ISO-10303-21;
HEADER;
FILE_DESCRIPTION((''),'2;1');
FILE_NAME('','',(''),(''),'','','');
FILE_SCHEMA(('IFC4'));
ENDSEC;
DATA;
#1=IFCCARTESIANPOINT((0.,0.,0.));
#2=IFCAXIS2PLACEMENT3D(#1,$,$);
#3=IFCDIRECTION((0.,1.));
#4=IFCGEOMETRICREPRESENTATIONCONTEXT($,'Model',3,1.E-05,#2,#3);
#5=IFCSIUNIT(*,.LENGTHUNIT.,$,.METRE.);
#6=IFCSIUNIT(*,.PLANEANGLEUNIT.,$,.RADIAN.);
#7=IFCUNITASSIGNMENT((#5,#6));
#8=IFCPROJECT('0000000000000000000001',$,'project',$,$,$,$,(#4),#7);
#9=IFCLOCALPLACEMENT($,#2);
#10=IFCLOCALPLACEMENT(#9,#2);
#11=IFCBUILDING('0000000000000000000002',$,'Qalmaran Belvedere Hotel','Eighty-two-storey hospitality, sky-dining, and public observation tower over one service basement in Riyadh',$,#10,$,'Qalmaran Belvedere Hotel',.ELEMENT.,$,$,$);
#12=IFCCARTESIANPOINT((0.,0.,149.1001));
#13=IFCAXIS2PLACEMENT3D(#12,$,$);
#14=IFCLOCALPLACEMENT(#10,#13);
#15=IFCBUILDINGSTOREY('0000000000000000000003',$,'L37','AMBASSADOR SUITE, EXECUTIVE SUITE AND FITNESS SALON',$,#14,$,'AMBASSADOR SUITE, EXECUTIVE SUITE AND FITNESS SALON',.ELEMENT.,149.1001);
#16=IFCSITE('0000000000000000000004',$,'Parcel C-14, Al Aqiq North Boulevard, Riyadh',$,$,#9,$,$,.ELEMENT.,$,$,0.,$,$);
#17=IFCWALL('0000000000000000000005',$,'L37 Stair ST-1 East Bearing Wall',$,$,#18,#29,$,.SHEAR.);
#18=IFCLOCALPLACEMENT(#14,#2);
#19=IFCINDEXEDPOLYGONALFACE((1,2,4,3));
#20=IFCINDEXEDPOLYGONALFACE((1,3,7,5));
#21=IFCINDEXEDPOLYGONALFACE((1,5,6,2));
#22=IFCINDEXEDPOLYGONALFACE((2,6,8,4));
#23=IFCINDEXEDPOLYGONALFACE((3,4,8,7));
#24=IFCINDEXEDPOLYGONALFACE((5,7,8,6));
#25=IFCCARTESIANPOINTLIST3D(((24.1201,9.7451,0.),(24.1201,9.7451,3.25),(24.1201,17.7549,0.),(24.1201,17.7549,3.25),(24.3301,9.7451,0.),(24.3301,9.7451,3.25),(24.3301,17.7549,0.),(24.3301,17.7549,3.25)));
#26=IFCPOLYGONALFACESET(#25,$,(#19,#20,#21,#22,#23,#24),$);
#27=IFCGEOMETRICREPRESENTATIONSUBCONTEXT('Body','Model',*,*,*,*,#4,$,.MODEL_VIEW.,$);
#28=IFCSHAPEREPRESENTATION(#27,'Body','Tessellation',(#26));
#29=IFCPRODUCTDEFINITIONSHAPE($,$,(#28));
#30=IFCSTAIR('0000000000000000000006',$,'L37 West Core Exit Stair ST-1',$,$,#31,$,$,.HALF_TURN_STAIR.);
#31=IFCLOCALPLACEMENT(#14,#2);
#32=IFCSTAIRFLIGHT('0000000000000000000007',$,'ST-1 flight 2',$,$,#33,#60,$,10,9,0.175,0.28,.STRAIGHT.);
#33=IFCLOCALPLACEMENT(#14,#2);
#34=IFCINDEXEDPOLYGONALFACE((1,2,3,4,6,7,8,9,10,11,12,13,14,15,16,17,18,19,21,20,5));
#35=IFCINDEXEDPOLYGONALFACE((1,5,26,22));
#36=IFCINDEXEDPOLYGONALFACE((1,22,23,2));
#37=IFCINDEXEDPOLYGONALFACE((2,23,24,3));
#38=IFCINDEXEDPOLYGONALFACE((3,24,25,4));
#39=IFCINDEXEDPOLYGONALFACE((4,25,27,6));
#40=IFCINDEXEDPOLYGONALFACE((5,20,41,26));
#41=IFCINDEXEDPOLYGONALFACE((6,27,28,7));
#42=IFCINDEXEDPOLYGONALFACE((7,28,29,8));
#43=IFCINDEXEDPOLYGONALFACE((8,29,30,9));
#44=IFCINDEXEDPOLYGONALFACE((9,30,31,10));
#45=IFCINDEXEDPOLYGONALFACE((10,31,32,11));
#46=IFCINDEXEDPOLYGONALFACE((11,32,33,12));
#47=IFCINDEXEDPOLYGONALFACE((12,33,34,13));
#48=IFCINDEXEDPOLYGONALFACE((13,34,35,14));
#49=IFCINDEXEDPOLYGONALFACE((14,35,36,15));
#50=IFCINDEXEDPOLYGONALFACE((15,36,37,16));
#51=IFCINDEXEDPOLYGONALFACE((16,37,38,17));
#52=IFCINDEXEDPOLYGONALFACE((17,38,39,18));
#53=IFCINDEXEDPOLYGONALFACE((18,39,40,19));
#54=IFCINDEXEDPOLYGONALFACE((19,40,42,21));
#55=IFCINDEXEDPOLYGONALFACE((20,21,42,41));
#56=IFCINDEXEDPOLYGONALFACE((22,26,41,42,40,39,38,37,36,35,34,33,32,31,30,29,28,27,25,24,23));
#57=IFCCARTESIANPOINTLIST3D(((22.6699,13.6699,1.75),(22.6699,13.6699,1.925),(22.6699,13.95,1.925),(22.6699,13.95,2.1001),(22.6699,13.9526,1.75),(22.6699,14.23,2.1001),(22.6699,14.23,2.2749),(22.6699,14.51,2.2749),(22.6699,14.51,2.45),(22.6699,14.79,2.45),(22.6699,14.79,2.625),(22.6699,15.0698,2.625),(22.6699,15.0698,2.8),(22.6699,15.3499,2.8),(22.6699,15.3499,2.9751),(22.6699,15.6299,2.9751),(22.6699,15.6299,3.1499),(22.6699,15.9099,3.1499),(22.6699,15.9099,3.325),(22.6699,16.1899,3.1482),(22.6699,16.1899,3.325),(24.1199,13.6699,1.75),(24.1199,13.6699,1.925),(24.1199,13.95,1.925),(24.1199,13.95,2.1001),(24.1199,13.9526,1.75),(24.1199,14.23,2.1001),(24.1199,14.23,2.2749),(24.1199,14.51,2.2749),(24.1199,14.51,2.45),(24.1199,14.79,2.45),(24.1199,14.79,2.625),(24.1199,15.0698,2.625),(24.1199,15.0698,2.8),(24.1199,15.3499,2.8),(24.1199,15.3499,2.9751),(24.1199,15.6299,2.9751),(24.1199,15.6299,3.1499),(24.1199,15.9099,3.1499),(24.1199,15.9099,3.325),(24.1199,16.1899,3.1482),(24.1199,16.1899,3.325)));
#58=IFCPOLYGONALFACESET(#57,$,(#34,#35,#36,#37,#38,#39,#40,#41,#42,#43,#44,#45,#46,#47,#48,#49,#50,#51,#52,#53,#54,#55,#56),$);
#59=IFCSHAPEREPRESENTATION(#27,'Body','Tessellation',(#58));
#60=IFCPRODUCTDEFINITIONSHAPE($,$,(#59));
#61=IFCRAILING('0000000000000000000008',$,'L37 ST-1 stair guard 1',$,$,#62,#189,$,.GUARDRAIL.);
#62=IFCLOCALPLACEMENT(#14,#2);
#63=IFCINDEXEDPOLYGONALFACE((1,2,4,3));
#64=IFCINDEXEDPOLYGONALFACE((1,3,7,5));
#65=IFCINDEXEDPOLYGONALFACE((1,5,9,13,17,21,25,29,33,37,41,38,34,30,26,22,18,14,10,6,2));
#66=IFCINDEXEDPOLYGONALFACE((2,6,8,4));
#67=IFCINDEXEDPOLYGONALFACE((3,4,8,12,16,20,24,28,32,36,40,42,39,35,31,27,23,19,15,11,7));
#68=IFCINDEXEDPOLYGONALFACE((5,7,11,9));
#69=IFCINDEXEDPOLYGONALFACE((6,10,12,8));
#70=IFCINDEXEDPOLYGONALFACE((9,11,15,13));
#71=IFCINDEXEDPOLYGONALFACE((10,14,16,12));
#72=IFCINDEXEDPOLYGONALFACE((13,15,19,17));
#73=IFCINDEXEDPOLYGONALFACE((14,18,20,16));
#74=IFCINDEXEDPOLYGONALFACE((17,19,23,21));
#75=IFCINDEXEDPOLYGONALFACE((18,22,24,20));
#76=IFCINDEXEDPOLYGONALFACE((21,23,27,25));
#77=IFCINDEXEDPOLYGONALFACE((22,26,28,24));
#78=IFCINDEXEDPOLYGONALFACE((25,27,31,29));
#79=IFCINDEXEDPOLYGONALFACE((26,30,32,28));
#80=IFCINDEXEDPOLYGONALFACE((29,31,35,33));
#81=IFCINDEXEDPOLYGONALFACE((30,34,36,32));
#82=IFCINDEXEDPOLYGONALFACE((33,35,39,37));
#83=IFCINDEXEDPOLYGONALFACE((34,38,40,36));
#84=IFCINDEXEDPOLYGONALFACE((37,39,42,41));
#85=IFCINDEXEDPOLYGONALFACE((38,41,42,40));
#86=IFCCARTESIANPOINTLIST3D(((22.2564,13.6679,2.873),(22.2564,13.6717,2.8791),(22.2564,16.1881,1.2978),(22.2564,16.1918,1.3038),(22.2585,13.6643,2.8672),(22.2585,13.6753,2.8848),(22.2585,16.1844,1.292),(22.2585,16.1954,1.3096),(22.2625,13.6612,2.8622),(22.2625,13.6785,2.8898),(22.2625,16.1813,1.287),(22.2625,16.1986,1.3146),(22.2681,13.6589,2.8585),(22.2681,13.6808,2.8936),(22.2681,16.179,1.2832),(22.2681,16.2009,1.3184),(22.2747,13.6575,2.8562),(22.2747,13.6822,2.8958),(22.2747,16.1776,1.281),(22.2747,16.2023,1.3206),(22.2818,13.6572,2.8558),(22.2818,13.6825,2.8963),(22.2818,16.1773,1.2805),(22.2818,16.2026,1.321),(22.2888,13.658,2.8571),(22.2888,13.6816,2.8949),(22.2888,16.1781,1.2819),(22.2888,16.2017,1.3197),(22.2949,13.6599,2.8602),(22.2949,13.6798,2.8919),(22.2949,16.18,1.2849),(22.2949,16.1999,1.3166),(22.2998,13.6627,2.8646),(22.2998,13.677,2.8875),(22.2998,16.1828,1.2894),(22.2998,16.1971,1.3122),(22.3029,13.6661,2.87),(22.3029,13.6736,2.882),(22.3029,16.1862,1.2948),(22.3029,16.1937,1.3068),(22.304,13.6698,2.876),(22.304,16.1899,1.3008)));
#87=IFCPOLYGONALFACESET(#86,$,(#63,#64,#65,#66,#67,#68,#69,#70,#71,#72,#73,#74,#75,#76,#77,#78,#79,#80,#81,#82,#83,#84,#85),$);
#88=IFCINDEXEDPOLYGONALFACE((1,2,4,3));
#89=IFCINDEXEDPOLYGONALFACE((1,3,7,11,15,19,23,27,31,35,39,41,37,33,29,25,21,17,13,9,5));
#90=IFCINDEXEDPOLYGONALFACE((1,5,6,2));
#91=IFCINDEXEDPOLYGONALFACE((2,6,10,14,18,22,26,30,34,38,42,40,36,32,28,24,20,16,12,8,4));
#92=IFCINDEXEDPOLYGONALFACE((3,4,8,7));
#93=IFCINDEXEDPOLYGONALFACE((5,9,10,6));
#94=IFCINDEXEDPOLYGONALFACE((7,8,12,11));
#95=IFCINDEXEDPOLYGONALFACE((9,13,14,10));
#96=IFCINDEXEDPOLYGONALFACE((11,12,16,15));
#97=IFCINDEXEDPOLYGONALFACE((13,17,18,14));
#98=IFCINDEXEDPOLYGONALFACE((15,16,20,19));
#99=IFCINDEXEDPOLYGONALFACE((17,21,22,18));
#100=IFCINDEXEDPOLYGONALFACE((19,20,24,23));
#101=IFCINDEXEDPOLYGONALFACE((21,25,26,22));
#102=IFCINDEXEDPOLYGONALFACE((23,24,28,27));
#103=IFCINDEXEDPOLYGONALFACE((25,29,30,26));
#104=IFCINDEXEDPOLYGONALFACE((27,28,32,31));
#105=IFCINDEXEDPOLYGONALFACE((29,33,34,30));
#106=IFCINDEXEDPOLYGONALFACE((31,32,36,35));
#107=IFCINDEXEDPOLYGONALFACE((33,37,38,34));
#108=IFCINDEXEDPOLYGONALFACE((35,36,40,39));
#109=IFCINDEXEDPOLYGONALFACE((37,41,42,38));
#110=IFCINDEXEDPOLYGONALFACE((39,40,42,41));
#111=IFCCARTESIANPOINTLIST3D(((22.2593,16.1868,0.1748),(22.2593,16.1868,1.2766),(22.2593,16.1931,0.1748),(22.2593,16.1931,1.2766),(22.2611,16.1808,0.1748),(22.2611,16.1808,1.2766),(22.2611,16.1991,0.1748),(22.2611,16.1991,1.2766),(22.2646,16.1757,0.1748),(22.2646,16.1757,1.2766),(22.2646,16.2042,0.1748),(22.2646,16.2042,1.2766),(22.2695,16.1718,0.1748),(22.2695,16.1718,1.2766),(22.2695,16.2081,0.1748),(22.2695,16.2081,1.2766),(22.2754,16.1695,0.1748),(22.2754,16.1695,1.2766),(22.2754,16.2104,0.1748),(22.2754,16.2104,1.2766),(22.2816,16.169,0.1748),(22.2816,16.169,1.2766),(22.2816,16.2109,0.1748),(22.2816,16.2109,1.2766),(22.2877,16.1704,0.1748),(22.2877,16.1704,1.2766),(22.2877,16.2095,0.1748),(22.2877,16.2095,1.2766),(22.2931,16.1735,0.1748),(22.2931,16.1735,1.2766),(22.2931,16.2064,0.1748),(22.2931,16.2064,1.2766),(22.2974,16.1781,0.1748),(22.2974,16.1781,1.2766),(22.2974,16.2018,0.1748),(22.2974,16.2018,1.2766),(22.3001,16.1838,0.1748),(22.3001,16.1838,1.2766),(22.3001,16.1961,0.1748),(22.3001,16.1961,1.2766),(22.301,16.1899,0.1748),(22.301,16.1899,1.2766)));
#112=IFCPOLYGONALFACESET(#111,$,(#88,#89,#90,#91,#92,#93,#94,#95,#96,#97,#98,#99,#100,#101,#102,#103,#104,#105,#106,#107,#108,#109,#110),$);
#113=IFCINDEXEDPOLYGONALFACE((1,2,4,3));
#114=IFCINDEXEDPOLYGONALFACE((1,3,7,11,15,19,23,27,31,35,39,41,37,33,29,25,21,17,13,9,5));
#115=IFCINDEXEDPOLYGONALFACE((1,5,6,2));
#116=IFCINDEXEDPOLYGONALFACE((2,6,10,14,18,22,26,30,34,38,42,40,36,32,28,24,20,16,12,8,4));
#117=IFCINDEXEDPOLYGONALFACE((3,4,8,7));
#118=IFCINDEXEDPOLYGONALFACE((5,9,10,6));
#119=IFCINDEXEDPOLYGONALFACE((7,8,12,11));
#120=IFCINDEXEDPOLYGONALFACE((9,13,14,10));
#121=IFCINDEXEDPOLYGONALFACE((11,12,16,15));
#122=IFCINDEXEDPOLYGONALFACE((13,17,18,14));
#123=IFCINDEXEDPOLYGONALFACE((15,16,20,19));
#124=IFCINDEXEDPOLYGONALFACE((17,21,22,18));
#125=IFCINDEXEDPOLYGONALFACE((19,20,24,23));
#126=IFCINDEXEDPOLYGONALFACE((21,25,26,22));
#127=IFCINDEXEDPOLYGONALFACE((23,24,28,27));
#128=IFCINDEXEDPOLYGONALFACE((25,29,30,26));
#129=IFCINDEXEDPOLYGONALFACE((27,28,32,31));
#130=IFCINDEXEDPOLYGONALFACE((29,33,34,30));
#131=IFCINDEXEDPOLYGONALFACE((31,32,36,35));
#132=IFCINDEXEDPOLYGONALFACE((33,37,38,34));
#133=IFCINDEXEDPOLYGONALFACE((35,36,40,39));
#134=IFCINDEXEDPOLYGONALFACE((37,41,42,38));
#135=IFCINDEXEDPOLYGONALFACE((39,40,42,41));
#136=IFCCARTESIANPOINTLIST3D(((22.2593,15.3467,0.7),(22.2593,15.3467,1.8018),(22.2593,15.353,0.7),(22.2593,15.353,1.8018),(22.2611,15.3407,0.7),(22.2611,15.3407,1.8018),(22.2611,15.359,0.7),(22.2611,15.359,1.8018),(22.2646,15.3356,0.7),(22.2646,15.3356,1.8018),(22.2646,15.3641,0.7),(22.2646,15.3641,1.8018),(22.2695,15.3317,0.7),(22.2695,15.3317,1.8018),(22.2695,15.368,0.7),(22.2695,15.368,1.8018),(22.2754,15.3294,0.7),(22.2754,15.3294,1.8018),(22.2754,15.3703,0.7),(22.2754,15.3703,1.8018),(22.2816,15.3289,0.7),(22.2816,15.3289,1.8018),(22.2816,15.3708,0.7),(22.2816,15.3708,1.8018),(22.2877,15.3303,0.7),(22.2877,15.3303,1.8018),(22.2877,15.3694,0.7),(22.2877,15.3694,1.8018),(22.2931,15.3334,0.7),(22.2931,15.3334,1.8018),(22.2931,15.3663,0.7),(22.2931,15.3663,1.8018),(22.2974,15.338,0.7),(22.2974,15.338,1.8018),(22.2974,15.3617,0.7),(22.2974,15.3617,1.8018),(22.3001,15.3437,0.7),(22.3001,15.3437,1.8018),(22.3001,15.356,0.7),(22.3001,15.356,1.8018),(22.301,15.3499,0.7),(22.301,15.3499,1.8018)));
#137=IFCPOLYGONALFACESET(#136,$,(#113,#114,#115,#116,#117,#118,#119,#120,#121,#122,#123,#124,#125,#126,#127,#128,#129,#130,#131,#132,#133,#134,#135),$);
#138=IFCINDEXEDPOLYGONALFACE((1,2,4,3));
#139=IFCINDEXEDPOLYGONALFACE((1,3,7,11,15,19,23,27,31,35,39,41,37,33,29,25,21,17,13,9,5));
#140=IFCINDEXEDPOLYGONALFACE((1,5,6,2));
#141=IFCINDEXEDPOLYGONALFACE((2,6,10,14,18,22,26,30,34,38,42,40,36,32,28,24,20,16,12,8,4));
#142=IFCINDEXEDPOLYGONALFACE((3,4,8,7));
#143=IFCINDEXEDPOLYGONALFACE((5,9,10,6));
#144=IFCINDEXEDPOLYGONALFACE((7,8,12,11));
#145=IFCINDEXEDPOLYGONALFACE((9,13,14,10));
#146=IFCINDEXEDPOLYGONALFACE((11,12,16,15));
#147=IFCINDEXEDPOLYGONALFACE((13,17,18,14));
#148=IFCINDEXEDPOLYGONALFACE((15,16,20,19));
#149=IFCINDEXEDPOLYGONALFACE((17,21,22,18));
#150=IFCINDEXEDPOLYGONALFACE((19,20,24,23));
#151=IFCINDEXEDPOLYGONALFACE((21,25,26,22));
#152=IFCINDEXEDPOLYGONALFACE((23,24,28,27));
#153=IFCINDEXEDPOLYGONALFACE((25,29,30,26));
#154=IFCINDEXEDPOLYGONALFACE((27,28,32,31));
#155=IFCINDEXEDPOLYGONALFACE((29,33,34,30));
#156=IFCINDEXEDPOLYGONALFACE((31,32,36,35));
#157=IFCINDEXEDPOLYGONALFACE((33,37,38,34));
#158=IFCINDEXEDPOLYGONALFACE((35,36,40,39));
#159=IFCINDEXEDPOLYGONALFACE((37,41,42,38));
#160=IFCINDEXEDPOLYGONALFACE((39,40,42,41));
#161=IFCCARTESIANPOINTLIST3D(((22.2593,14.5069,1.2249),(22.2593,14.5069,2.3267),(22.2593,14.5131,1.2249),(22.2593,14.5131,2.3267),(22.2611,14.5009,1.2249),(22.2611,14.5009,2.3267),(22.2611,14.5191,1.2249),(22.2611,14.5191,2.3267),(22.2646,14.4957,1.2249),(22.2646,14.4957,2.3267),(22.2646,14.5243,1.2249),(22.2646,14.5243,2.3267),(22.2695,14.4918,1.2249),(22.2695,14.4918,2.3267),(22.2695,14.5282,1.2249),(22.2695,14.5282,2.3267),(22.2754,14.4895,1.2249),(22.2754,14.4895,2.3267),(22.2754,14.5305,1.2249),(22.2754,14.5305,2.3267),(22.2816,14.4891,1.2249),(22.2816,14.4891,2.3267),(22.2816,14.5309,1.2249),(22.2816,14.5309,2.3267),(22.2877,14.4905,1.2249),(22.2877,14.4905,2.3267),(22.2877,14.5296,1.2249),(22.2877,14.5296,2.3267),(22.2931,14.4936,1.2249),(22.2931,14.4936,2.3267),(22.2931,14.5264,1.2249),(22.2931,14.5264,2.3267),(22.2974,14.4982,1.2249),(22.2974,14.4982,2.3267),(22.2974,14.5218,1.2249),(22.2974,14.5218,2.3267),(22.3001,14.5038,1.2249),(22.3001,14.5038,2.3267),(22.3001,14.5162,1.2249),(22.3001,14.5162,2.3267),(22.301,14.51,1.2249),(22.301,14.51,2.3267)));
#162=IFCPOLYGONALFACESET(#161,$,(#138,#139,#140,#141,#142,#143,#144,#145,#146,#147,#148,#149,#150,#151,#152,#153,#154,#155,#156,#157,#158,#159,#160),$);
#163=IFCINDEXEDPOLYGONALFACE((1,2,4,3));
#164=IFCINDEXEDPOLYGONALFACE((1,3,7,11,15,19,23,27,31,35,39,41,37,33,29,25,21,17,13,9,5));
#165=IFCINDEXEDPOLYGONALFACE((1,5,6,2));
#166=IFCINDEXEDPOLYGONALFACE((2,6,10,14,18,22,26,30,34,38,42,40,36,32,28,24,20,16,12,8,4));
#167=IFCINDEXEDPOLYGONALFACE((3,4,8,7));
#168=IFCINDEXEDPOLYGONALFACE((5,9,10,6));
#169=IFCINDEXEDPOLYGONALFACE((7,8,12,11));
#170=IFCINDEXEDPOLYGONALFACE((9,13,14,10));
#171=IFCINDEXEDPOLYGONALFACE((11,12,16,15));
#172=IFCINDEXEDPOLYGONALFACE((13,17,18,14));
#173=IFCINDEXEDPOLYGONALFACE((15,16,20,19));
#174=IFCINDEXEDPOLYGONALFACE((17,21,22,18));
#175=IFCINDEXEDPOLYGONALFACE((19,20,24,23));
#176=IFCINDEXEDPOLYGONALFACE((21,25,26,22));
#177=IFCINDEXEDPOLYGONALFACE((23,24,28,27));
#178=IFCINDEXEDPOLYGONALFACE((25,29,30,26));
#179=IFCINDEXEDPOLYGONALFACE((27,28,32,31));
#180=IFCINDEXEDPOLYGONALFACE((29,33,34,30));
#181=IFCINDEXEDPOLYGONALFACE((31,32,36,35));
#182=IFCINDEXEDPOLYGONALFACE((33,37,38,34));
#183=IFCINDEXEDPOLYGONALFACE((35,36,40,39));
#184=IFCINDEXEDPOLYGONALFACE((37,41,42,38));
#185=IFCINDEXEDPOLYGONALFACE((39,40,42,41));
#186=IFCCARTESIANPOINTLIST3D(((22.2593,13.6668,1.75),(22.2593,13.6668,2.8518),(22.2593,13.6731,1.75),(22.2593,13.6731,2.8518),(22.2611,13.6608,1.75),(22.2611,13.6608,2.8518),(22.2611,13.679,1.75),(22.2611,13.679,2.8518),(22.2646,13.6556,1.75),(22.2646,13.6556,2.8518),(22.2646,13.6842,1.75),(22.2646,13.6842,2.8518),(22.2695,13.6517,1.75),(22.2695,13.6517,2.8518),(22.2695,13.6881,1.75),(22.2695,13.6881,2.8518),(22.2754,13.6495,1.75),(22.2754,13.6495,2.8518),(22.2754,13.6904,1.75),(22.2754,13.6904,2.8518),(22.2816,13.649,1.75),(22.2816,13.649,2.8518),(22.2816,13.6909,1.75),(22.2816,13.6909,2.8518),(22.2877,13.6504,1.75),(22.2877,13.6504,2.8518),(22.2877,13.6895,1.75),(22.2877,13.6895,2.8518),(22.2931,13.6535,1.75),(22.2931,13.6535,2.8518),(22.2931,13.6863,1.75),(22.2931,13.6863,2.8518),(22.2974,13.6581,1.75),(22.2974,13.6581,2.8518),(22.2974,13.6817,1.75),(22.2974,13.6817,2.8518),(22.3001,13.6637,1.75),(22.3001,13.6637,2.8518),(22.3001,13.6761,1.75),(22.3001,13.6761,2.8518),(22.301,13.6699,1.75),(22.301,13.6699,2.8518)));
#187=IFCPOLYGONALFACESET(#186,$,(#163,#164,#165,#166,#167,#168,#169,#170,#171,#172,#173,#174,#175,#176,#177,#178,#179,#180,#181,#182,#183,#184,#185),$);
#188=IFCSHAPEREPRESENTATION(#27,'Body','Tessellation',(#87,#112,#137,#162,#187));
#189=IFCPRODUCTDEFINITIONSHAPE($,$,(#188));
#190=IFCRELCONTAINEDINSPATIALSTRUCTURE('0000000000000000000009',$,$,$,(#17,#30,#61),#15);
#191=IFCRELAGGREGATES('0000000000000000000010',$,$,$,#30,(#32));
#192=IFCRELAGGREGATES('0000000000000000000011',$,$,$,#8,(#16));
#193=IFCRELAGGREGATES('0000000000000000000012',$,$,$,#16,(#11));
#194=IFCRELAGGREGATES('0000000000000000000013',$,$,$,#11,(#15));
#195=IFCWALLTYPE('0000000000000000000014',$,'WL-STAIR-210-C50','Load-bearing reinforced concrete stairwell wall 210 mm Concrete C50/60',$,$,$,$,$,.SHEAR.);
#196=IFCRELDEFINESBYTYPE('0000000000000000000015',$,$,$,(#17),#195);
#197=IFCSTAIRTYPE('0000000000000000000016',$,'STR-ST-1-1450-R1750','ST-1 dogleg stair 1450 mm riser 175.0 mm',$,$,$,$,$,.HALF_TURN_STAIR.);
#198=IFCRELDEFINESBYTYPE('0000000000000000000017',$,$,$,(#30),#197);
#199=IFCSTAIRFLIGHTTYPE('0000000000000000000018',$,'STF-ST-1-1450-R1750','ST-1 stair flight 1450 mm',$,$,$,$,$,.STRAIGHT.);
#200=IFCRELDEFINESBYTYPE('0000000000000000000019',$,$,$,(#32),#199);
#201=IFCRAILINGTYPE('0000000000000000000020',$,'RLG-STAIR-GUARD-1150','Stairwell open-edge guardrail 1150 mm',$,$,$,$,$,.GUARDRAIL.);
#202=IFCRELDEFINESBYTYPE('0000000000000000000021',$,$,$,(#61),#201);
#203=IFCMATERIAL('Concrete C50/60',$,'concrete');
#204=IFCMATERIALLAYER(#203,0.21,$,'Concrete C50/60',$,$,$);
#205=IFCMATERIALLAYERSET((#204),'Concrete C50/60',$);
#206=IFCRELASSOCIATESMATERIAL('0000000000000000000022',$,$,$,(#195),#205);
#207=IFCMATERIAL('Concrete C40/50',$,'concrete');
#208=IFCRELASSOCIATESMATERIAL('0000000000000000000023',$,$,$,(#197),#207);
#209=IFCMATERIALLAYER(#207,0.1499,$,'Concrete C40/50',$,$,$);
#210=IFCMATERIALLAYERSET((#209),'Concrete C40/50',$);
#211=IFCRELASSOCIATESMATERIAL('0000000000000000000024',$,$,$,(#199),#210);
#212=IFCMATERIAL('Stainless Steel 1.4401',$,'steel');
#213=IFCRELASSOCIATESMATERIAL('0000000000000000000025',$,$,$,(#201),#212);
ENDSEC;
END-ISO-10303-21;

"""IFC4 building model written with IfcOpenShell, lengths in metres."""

from ifc_helpers import new_model, si_unit, direction, frame, frame_2d, origin, origin_2d, place, context, subcontext, project, spatial, polyline, rectangle, circle, outline, extrude, material, layer, layer_set, type_object, element, aggregate, save


model = new_model("IFC4")

# Units and contexts
model_context = context("Model", 3, precision=1e-05, world=origin(), true_north=direction((0.0, 1.0)))
body_context = subcontext(model_context, "Body", "Model", "MODEL_VIEW")
ifc_project = project(units=[si_unit("LENGTHUNIT", "METRE"), si_unit("PLANEANGLEUNIT", "RADIAN")], contexts=[model_context])

# Site, building, storey
site_placement = place(None, origin())
site = spatial("IfcSite", under=ifc_project, at=site_placement, Name="Parcel C-14, Al Aqiq North Boulevard, Riyadh", CompositionType="ELEMENT", RefElevation=0.0)
building_placement = place(site_placement, origin())
building = spatial("IfcBuilding", under=site, at=building_placement, Name="Qalmaran Belvedere Hotel", Description="Eighty-two-storey hospitality, sky-dining, and public observation tower over one service basement in Riyadh", LongName="Qalmaran Belvedere Hotel", CompositionType="ELEMENT")
storey_placement = place(building_placement, frame((0.0, 0.0, 149.1001)))
storey = spatial("IfcBuildingStorey", under=building, at=storey_placement, Name="L37", Description="AMBASSADOR SUITE, EXECUTIVE SUITE AND FITNESS SALON", LongName="AMBASSADOR SUITE, EXECUTIVE SUITE AND FITNESS SALON", CompositionType="ELEMENT", Elevation=149.1001)

# Shared definitions
ifc_material_1 = material(Name="Concrete C50/60", Category="concrete")

# Wall
ifc_layer_1 = layer(ifc_material_1, 0.21, Name="Concrete C50/60")
ifc_layer_set_1 = layer_set([ifc_layer_1], Name="Concrete C50/60")
wall_type_1 = type_object("IfcWallType", Name="WL-STAIR-210-C50", Description="Load-bearing reinforced concrete stairwell wall 210 mm Concrete C50/60", PredefinedType="SHEAR", material=ifc_layer_set_1)
wall_1_placement = place(storey_placement, frame((24.2251, 9.7451, 0.0), z_axis=(0.0, 0.0, 1.0), x_axis=(0.0, 1.0, 0.0)))
element("IfcWall", 1, at=wall_1_placement, inside=storey, type_object=wall_type_1, Name="L37 Stair ST-1 East Bearing Wall", PredefinedType="SHEAR", context=body_context, shape_type="SweptSolid", body=[
    extrude(rectangle(XDim=8.0098, YDim=0.21, at=frame_2d((4.0049, 0.0))), origin(), (0.0, 0.0, 1.0), 3.25),
])

# Stair, stair flight
ifc_material_2 = material(Name="Concrete C40/50", Category="concrete")
stair_type = type_object("IfcStairType", Name="STR-ST-1-1450-R1750", Description="ST-1 dogleg stair 1450 mm riser 175.0 mm", PredefinedType="HALF_TURN_STAIR", material=ifc_material_2)
stair_placement = place(storey_placement, origin())
stair = element("IfcStair", 2, at=stair_placement, inside=storey, type_object=stair_type, Name="L37 West Core Exit Stair ST-1", PredefinedType="HALF_TURN_STAIR")
ifc_layer_2 = layer(ifc_material_2, 0.1499, Name="Concrete C40/50")
ifc_layer_set_2 = layer_set([ifc_layer_2], Name="Concrete C40/50")
stair_flight_type = type_object("IfcStairFlightType", Name="STF-ST-1-1450-R1750", Description="ST-1 stair flight 1450 mm", PredefinedType="STRAIGHT", material=ifc_layer_set_2)
stair_flight_placement = place(storey_placement, frame((23.395, 13.6699, 1.75), z_axis=(0.0, 0.0, 1.0), x_axis=(0.0, 1.0, 0.0)))
stair_flight = element("IfcStairFlight", 3, at=stair_flight_placement, type_object=stair_flight_type, Name="ST-1 flight 2", NumberOfRisers=10, NumberOfTreads=9, PredefinedType="STRAIGHT", RiserHeight=0.175, TreadLength=0.28, context=body_context, shape_type="SweptSolid", body=[
    extrude(outline(polyline([(0.0, 0.0), (0.0, 0.175), (0.28, 0.175), (0.28, 0.3501), (0.5601, 0.3501), (0.5601, 0.5249), (0.8401, 0.5249), (0.8401, 0.7), (1.1201, 0.7), (1.1201, 0.875), (1.3999, 0.875), (1.3999, 1.05), (1.6799, 1.05), (1.6799, 1.2251), (1.96, 1.2251), (1.96, 1.3999), (2.24, 1.3999), (2.24, 1.575), (2.52, 1.575), (2.52, 1.75), (2.52, 1.3982), (0.2827, 0.0), (0.0, 0.0)])), frame((0.0, 0.7251, 0.0), z_axis=(0.0, -1.0, 0.0), x_axis=(1.0, 0.0, 0.0)), (0.0, 0.0, 1.0), 1.45),
])
aggregate(stair, [stair_flight])

# Railing
ifc_material_3 = material(Name="Stainless Steel 1.4401", Category="steel")
railing_type_1 = type_object("IfcRailingType", Name="RLG-STAIR-GUARD-1150", Description="Stairwell open-edge guardrail 1150 mm", PredefinedType="GUARDRAIL", material=ifc_material_3)
railing_1_placement = place(storey_placement, frame((22.28, 16.1899, 0.1748)))
element("IfcRailing", 4, at=railing_1_placement, inside=storey, type_object=railing_type_1, Name="L37 ST-1 stair guard 1", PredefinedType="GUARDRAIL", context=body_context, shape_type="SweptSolid", body=[
    extrude(circle(Radius=0.0239, at=origin_2d()), frame((0.0, 0.0, 1.126), z_axis=(0.0, -0.847971, 0.530043), x_axis=(1.0, 0.0, 0.0)), (0.0, 0.0, 1.0), 2.9719),
    extrude(circle(Radius=0.021, at=origin_2d()), origin(), (0.0, 0.0, 1.0), 1.1018),
    extrude(circle(Radius=0.021, at=origin_2d()), frame((0.0, -0.8401, 0.5251)), (0.0, 0.0, 1.0), 1.1018),
    extrude(circle(Radius=0.021, at=origin_2d()), frame((0.0, -1.6799, 1.05)), (0.0, 0.0, 1.0), 1.1018),
    extrude(circle(Radius=0.021, at=origin_2d()), frame((0.0, -2.52, 1.5752)), (0.0, 0.0, 1.0), 1.1018),
])

save(model, "model.ifc")
